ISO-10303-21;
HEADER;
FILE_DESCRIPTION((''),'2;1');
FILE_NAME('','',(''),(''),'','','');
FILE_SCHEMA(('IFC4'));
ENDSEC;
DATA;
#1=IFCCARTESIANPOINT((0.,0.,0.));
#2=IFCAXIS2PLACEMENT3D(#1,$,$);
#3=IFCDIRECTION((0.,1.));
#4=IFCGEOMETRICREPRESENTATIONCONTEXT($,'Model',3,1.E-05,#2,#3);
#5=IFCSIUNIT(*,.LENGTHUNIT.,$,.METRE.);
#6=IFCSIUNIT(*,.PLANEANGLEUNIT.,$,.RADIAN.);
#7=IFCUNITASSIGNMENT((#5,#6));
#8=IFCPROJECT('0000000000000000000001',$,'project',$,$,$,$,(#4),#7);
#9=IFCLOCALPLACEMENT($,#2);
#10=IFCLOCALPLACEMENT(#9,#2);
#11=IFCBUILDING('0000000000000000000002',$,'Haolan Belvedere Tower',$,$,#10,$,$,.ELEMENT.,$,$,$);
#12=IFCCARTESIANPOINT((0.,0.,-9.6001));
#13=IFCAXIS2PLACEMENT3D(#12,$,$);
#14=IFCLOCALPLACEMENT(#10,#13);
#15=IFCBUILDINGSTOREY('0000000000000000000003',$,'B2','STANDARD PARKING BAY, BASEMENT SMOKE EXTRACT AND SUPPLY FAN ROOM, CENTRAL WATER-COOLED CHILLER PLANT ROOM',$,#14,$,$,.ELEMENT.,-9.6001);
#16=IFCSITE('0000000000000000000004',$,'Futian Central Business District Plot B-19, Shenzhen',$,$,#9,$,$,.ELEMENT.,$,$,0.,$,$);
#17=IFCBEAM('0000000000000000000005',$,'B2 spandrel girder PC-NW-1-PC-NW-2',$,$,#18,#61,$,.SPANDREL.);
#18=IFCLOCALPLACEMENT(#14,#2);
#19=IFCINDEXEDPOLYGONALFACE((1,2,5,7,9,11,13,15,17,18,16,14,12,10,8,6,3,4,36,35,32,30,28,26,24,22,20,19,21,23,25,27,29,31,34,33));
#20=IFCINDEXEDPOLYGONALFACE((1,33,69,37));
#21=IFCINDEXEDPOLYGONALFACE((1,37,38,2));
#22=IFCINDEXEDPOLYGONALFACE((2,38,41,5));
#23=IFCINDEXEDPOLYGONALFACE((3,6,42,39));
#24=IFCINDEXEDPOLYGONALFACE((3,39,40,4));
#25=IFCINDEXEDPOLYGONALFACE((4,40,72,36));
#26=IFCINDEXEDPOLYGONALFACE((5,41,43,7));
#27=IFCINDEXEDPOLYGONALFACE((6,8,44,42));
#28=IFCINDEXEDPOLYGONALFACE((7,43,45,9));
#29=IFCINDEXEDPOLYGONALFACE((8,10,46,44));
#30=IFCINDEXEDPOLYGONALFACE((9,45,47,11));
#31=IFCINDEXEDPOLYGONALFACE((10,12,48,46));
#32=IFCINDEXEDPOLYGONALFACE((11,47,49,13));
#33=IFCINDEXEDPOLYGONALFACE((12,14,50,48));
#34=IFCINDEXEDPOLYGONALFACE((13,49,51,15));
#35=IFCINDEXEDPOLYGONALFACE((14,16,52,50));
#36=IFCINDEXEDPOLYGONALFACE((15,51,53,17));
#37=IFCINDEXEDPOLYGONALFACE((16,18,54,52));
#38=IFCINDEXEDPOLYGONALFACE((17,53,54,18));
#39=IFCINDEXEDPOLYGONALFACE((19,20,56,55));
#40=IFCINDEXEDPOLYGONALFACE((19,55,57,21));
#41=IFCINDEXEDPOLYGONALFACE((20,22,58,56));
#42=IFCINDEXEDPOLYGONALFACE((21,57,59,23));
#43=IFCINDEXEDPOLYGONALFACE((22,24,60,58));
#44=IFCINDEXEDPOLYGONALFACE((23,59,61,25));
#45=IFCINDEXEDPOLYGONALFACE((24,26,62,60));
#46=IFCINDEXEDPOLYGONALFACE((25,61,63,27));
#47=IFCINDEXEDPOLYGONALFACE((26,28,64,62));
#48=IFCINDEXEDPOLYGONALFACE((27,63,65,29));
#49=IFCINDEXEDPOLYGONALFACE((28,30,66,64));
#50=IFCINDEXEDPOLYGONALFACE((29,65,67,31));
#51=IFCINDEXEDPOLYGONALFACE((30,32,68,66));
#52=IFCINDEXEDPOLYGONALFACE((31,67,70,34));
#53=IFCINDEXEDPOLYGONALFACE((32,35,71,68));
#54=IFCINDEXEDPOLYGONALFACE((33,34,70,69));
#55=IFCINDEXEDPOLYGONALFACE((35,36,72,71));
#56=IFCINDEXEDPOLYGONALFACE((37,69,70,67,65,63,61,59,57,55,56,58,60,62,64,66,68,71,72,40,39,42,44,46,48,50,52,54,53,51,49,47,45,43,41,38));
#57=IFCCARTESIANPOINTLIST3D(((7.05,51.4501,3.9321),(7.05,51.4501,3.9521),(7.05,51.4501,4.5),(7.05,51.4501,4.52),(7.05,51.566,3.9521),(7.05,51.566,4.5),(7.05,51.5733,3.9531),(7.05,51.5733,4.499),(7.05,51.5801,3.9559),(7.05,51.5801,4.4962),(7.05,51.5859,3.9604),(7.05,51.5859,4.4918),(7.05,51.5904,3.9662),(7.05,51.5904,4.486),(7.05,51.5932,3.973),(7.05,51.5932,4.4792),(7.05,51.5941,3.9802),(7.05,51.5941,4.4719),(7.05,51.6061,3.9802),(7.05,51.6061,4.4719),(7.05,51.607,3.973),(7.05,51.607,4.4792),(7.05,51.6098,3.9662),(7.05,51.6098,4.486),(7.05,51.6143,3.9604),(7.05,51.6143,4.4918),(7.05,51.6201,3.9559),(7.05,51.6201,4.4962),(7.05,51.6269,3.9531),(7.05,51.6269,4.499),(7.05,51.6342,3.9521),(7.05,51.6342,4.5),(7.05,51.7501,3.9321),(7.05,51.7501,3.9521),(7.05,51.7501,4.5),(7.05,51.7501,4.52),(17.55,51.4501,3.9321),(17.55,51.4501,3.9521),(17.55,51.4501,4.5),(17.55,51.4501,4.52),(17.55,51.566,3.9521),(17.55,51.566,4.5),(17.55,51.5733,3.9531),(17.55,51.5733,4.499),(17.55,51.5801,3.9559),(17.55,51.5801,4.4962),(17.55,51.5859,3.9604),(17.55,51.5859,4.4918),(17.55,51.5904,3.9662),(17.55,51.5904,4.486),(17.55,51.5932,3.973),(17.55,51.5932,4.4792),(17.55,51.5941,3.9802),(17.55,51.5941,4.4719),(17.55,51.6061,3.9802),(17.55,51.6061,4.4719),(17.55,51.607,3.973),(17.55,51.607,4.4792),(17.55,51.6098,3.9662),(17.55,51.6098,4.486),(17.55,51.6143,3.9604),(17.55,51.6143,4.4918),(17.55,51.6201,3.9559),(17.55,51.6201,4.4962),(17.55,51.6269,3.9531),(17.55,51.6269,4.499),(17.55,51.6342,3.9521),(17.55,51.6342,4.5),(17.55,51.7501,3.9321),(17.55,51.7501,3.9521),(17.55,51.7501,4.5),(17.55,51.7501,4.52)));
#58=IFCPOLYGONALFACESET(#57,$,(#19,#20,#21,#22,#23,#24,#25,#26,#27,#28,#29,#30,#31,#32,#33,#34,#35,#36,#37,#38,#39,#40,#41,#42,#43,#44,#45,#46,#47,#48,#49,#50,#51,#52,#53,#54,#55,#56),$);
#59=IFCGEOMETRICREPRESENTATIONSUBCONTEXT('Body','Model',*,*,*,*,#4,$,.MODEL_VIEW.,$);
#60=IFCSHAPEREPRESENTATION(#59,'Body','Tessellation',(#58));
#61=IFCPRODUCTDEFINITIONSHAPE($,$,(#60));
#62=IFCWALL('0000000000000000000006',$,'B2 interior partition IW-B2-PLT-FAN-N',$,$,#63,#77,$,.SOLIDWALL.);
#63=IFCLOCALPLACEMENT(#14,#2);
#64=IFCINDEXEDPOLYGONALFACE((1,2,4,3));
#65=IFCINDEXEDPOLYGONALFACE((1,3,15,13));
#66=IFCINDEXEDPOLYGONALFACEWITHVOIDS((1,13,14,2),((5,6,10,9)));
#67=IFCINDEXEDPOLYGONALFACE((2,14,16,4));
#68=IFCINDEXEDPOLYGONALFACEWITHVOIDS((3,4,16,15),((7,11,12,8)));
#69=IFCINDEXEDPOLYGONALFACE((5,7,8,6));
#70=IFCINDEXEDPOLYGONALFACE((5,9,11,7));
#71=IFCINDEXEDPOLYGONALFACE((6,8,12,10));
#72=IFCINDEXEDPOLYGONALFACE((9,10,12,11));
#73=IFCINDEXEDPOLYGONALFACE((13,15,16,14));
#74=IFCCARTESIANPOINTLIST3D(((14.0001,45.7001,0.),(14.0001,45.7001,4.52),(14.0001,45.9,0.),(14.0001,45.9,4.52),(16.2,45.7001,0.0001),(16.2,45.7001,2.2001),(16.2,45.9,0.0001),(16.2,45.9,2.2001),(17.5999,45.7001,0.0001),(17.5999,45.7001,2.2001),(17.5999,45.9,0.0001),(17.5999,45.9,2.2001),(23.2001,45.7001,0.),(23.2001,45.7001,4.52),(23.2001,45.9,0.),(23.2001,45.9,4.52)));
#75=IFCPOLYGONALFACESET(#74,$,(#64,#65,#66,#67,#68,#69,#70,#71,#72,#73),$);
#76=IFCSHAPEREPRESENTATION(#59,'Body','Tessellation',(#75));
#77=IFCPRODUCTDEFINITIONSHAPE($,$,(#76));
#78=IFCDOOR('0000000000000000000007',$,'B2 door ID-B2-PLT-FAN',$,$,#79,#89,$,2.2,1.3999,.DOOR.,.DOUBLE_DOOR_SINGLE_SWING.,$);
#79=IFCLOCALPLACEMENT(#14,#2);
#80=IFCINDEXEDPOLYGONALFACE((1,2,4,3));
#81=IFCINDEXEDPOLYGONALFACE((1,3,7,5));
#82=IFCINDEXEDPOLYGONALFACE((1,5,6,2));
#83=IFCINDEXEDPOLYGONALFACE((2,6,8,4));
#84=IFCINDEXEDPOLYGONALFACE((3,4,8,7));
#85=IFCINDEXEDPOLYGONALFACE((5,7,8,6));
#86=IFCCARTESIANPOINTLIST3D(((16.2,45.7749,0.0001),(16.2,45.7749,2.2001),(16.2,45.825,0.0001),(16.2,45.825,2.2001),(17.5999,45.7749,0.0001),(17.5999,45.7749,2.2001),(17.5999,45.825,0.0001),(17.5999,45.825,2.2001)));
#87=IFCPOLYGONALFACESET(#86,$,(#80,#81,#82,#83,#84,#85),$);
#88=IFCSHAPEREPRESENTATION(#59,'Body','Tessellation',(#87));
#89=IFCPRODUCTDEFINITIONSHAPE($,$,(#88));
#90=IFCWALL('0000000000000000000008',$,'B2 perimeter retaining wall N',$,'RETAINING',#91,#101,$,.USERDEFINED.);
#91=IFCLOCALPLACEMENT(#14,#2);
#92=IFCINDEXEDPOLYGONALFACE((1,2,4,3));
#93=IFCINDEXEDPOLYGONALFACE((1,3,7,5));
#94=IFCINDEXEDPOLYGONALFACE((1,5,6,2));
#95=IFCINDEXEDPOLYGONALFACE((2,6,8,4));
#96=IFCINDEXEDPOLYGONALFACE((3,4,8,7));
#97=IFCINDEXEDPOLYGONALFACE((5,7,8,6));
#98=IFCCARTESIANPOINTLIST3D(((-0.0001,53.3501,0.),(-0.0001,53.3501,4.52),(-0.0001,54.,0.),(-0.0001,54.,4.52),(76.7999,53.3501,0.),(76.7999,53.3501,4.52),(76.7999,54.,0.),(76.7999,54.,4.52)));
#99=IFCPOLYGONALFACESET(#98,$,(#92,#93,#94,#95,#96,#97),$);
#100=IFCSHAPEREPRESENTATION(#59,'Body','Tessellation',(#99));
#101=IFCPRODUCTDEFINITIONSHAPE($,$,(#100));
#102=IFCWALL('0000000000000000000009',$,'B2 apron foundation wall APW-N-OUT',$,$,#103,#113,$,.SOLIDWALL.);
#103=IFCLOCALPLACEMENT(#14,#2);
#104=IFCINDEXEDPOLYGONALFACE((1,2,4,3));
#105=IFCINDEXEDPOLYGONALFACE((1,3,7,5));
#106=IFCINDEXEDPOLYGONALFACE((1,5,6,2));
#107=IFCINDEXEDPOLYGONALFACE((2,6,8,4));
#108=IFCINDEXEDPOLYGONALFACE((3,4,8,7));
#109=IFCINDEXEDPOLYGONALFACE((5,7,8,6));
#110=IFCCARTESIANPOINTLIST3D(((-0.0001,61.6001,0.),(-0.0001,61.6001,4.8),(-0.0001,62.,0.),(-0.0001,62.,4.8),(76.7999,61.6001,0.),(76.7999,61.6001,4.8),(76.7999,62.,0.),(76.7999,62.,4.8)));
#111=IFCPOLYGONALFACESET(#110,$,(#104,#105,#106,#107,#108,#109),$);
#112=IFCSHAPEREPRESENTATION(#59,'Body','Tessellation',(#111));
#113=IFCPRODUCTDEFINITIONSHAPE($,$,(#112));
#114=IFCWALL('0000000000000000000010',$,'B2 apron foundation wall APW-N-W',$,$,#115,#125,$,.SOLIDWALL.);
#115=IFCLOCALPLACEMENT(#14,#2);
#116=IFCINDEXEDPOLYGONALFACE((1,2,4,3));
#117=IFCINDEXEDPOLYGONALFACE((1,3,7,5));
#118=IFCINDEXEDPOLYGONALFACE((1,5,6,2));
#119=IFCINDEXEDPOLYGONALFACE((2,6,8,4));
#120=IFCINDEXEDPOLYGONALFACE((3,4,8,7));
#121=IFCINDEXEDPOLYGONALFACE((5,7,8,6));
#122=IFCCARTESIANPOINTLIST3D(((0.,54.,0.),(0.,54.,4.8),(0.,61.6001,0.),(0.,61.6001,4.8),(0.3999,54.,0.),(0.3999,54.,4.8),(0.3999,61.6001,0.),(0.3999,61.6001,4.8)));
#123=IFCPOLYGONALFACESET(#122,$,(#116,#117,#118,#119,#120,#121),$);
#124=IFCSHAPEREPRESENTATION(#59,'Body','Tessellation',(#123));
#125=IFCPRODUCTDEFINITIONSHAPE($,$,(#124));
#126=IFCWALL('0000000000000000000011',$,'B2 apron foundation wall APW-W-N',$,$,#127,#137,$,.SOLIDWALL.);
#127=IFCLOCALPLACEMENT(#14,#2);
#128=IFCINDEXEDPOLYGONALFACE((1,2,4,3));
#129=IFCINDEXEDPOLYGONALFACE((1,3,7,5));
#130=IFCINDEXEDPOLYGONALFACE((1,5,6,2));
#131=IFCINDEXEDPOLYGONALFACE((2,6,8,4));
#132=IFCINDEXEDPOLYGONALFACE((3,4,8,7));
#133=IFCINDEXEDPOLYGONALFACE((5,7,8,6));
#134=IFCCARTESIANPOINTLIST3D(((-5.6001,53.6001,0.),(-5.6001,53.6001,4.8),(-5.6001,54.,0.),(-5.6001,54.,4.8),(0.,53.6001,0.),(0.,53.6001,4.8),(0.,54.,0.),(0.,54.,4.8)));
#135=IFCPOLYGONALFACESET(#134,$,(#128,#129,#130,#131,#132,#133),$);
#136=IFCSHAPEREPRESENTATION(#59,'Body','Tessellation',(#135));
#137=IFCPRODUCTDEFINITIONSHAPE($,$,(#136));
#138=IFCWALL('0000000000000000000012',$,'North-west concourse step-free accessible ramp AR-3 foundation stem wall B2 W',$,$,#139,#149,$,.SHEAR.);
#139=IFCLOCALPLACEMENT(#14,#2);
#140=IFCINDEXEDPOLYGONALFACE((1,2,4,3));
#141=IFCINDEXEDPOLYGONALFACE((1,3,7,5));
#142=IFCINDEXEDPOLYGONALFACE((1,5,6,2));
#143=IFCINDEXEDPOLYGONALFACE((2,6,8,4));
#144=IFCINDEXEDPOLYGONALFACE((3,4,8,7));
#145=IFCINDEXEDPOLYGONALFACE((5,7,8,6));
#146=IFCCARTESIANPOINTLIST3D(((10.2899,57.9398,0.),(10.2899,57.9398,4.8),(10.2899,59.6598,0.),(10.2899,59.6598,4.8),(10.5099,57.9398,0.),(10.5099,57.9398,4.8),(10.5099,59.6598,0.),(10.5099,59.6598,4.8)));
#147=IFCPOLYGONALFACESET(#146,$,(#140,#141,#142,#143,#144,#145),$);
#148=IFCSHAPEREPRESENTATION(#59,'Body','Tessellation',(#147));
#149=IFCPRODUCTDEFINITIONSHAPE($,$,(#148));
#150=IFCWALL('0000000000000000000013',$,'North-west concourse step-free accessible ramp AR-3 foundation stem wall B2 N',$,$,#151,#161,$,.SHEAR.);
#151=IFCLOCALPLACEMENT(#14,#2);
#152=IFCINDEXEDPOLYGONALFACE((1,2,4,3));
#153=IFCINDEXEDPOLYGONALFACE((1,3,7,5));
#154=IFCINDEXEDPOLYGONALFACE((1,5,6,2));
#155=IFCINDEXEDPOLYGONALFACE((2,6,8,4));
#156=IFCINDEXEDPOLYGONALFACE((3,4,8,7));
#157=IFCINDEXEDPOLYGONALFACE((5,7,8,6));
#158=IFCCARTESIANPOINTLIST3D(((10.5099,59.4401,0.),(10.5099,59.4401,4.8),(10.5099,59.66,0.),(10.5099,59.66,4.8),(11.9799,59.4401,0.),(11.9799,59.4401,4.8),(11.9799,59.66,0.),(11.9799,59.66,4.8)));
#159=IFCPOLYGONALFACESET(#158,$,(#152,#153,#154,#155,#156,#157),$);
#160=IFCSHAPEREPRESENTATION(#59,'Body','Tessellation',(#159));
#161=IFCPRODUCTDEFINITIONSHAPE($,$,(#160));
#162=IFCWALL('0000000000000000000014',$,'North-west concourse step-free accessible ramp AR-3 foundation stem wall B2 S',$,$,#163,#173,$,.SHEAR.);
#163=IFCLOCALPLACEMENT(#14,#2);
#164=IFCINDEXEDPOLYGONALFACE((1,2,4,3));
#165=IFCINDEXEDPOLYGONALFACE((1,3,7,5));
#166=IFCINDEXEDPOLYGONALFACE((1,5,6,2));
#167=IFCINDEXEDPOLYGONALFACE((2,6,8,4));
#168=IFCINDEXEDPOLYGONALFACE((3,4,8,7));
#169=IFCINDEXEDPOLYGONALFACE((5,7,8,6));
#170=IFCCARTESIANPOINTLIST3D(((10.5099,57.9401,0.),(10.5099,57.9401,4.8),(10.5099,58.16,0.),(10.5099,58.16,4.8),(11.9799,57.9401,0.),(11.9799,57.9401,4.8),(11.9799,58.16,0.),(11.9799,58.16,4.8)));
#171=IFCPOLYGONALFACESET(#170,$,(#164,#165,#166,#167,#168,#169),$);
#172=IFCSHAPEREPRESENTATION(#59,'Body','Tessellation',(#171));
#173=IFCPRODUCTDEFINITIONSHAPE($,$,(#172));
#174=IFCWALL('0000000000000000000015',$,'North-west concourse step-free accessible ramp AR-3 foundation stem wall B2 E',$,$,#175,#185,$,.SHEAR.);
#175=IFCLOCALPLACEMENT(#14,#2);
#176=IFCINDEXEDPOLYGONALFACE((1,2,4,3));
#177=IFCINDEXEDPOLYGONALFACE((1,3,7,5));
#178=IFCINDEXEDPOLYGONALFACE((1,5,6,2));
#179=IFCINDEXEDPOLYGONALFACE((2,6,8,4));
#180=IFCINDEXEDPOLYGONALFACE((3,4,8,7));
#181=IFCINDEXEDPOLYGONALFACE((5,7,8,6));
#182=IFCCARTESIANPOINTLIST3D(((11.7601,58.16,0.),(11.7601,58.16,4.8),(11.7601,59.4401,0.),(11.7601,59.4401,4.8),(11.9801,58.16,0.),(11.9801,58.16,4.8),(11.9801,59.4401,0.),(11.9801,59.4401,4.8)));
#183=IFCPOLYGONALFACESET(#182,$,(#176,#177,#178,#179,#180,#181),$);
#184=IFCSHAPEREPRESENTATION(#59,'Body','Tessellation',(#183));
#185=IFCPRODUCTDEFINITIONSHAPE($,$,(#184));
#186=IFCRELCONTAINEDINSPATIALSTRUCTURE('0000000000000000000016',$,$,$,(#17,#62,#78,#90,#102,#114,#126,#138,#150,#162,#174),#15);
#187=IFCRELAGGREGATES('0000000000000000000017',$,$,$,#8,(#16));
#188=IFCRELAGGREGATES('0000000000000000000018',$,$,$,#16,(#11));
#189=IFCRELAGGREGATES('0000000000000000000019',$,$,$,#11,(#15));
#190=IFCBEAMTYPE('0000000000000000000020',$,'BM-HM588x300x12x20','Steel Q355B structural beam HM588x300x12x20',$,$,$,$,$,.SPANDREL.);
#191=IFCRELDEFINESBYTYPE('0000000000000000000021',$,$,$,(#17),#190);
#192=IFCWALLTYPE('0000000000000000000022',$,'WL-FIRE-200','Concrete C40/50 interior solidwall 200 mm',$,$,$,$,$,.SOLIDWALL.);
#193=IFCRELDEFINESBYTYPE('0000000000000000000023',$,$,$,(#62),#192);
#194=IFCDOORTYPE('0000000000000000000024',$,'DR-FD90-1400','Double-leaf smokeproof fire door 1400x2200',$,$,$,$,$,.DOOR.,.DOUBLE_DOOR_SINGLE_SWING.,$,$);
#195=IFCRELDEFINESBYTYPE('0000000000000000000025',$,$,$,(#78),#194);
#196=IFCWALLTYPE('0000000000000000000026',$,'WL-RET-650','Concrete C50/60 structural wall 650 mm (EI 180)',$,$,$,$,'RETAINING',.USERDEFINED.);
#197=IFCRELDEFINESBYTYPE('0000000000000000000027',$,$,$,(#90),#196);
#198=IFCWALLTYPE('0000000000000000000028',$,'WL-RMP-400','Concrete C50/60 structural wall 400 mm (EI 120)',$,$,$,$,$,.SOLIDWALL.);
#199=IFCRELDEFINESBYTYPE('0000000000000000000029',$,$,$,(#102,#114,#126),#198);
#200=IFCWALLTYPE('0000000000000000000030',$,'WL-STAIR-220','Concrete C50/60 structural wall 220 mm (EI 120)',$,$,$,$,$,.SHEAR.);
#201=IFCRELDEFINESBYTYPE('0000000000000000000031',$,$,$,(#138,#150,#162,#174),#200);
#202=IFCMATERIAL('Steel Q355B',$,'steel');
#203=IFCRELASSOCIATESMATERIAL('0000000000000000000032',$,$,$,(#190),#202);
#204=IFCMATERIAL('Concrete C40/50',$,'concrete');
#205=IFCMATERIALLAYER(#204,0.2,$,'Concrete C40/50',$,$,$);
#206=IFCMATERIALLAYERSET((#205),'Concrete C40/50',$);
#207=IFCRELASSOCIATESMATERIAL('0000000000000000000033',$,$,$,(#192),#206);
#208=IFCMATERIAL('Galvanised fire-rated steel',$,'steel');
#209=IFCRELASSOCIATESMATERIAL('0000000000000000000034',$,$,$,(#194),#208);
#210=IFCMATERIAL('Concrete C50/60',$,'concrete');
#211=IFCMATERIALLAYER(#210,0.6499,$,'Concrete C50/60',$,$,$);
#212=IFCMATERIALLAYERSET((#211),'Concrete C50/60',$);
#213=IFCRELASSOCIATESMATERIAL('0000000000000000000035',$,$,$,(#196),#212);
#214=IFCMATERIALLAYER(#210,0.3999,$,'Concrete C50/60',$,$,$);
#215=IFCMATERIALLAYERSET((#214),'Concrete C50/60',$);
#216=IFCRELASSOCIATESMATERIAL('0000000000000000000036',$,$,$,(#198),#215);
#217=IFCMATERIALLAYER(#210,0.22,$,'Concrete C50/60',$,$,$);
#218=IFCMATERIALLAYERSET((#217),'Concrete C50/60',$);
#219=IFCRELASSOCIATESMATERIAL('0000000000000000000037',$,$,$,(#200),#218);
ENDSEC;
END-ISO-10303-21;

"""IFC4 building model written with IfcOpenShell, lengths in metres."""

from ifc_helpers import new_model, si_unit, direction, frame, frame_2d, origin, origin_2d, place, context, subcontext, project, spatial, rectangle, i_section, extrude, material, layer, layer_set, material_profile, profile_set, type_object, element, fill, save


model = new_model("IFC4")

# Units and contexts
model_context = context("Model", 3, precision=1e-05, world=origin(), true_north=direction((0.0, 1.0)))
body_context = subcontext(model_context, "Body", "Model", "MODEL_VIEW")
ifc_project = project(units=[si_unit("LENGTHUNIT", "METRE"), si_unit("PLANEANGLEUNIT", "RADIAN")], contexts=[model_context])

# Site, building, storey
site_placement = place(None, origin())
site = spatial("IfcSite", under=ifc_project, at=site_placement, Name="Futian Central Business District Plot B-19, Shenzhen", CompositionType="ELEMENT", RefElevation=0.0)
building_placement = place(site_placement, origin())
building = spatial("IfcBuilding", under=site, at=building_placement, Name="Haolan Belvedere Tower", CompositionType="ELEMENT")
storey_placement = place(building_placement, frame((0.0, 0.0, -9.6001)))
storey = spatial("IfcBuildingStorey", under=building, at=storey_placement, Name="B2", Description="STANDARD PARKING BAY, BASEMENT SMOKE EXTRACT AND SUPPLY FAN ROOM, CENTRAL WATER-COOLED CHILLER PLANT ROOM", CompositionType="ELEMENT", Elevation=-9.6001)

# Shared definitions
ifc_material_1 = material(Name="Concrete C50/60", Category="concrete")

# Shared definitions
ifc_material_2 = material(Name="Steel Q355B", Category="steel")

# Beam
ifc_material_profile_1 = material_profile(ifc_material_2, i_section(OverallWidth=0.3, OverallDepth=0.5879, WebThickness=0.012, FlangeThickness=0.02, FilletRadius=0.0281, at=origin_2d()), Name="Steel Q355B")
ifc_profile_set_1 = profile_set([ifc_material_profile_1], Name="Steel Q355B")
beam_type = type_object("IfcBeamType", Name="BM-HM588x300x12x20", Description="Steel Q355B structural beam HM588x300x12x20", PredefinedType="SPANDREL", material=ifc_profile_set_1)
beam_1_placement = place(storey_placement, frame((7.05, 51.6001, 4.2261), z_axis=(1.0, 0.0, 0.0), x_axis=(0.0, 1.0, 0.0)))
element("IfcBeam", 1, at=beam_1_placement, inside=storey, type_object=beam_type, Name="B2 spandrel girder PC-NW-1-PC-NW-2", PredefinedType="SPANDREL", context=body_context, shape_type="SweptSolid", body=[
    extrude(i_section(OverallWidth=0.3, OverallDepth=0.5879, WebThickness=0.012, FlangeThickness=0.02, FilletRadius=0.0281, at=origin_2d()), origin(), (0.0, 0.0, 1.0), 10.5),
])

# Wall, opening, door
ifc_material_3 = material(Name="Concrete C40/50", Category="concrete")
ifc_layer_1 = layer(ifc_material_3, 0.2, Name="Concrete C40/50")
ifc_layer_set_1 = layer_set([ifc_layer_1], Name="Concrete C40/50")
wall_type_1 = type_object("IfcWallType", Name="WL-FIRE-200", Description="Concrete C40/50 interior solidwall 200 mm", PredefinedType="SOLIDWALL", material=ifc_layer_set_1)
wall_1_placement = place(storey_placement, frame((14.0, 45.8, 0.0), z_axis=(0.0, 0.0, 1.0), x_axis=(1.0, 0.0, 0.0)))
wall_1 = element("IfcWall", 2, at=wall_1_placement, inside=storey, type_object=wall_type_1, Name="B2 interior partition IW-B2-PLT-FAN-N", PredefinedType="SOLIDWALL", context=body_context, shape_type="SweptSolid", body=[
    extrude(rectangle(XDim=9.2, YDim=0.2, at=frame_2d((4.6001, 0.0))), origin(), (0.0, 0.0, 1.0), 4.52),
])
opening_placement = place(wall_1_placement, frame((2.2, 0.0, 0.0)))
opening = element("IfcOpeningElement", 3, at=opening_placement, cuts=wall_1, PredefinedType="OPENING", context=body_context, shape_type="SweptSolid", body=[
    extrude(rectangle(XDim=1.3999, YDim=2.2, at=frame_2d((0.7, 1.1001))), frame((0.0, 0.1099, 0.0), z_axis=(0.0, -1.0, 0.0), x_axis=(1.0, 0.0, 0.0)), (0.0, 0.0, 1.0), 0.22),
])
ifc_material_4 = material(Name="Galvanised fire-rated steel", Category="steel")
door_type = type_object("IfcDoorType", Name="DR-FD90-1400", Description="Double-leaf smokeproof fire door 1400x2200", OperationType="DOUBLE_DOOR_SINGLE_SWING", PredefinedType="DOOR", material=ifc_material_4)
door_placement = place(opening_placement, origin())
door = element("IfcDoor", 4, at=door_placement, inside=storey, type_object=door_type, Name="B2 door ID-B2-PLT-FAN", OperationType="DOUBLE_DOOR_SINGLE_SWING", OverallHeight=2.2, OverallWidth=1.3999, PredefinedType="DOOR", context=body_context, shape_type="SweptSolid", body=[
    extrude(rectangle(XDim=1.3999, YDim=2.2, at=frame_2d((0.7, 1.1001))), frame((0.0, 0.0249, 0.0), z_axis=(0.0, -1.0, 0.0), x_axis=(1.0, 0.0, 0.0)), (0.0, 0.0, 1.0), 0.05),
])
fill(opening, door)

# Walls
ifc_layer_2 = layer(ifc_material_1, 0.6499, Name="Concrete C50/60")
ifc_layer_set_2 = layer_set([ifc_layer_2], Name="Concrete C50/60")
wall_type_2 = type_object("IfcWallType", Name="WL-RET-650", Description="Concrete C50/60 structural wall 650 mm (EI 180)", ElementType="RETAINING", PredefinedType="USERDEFINED", material=ifc_layer_set_2)
wall_2_placement = place(storey_placement, frame((0.0, 53.675, 0.0), z_axis=(0.0, 0.0, 1.0), x_axis=(1.0, 0.0, 0.0)))
element("IfcWall", 5, at=wall_2_placement, inside=storey, type_object=wall_type_2, Name="B2 perimeter retaining wall N", ObjectType="RETAINING", PredefinedType="USERDEFINED", context=body_context, shape_type="SweptSolid", body=[
    extrude(rectangle(XDim=76.8, YDim=0.6499, at=frame_2d((38.3999, 0.0))), origin(), (0.0, 0.0, 1.0), 4.52),
])
ifc_layer_3 = layer(ifc_material_1, 0.3999, Name="Concrete C50/60")
ifc_layer_set_3 = layer_set([ifc_layer_3], Name="Concrete C50/60")
wall_type_3 = type_object("IfcWallType", Name="WL-RMP-400", Description="Concrete C50/60 structural wall 400 mm (EI 120)", PredefinedType="SOLIDWALL", material=ifc_layer_set_3)
wall_3_placement = place(storey_placement, frame((0.0, 61.8, 0.0), z_axis=(0.0, 0.0, 1.0), x_axis=(1.0, 0.0, 0.0)))
element("IfcWall", 6, at=wall_3_placement, inside=storey, type_object=wall_type_3, Name="B2 apron foundation wall APW-N-OUT", PredefinedType="SOLIDWALL", context=body_context, shape_type="SweptSolid", body=[
    extrude(rectangle(XDim=76.8, YDim=0.3999, at=frame_2d((38.3999, 0.0))), origin(), (0.0, 0.0, 1.0), 4.8),
])
wall_4_placement = place(storey_placement, frame((0.2, 54.0, 0.0), z_axis=(0.0, 0.0, 1.0), x_axis=(0.0, 1.0, 0.0)))
element("IfcWall", 7, at=wall_4_placement, inside=storey, type_object=wall_type_3, Name="B2 apron foundation wall APW-N-W", PredefinedType="SOLIDWALL", context=body_context, shape_type="SweptSolid", body=[
    extrude(rectangle(XDim=7.6001, YDim=0.3999, at=frame_2d((3.8, 0.0))), origin(), (0.0, 0.0, 1.0), 4.8),
])
wall_5_placement = place(storey_placement, frame((-5.6001, 53.8, 0.0), z_axis=(0.0, 0.0, 1.0), x_axis=(1.0, 0.0, 0.0)))
element("IfcWall", 8, at=wall_5_placement, inside=storey, type_object=wall_type_3, Name="B2 apron foundation wall APW-W-N", PredefinedType="SOLIDWALL", context=body_context, shape_type="SweptSolid", body=[
    extrude(rectangle(XDim=5.6001, YDim=0.3999, at=frame_2d((2.8, 0.0))), origin(), (0.0, 0.0, 1.0), 4.8),
])
ifc_layer_4 = layer(ifc_material_1, 0.22, Name="Concrete C50/60")
ifc_layer_set_4 = layer_set([ifc_layer_4], Name="Concrete C50/60")
wall_type_4 = type_object("IfcWallType", Name="WL-STAIR-220", Description="Concrete C50/60 structural wall 220 mm (EI 120)", PredefinedType="SHEAR", material=ifc_layer_set_4)
wall_6_placement = place(storey_placement, frame((10.3999, 57.9399, 0.0), z_axis=(0.0, 0.0, 1.0), x_axis=(0.0, 1.0, 0.0)))
element("IfcWall", 9, at=wall_6_placement, inside=storey, type_object=wall_type_4, Name="North-west concourse step-free accessible ramp AR-3 foundation stem wall B2 W", PredefinedType="SHEAR", context=body_context, shape_type="SweptSolid", body=[
    extrude(rectangle(XDim=1.72, YDim=0.22, at=frame_2d((0.8599, 0.0))), origin(), (0.0, 0.0, 1.0), 4.8),
])
for number, where, z_axis, x_axis, name in (
    (10, (10.51, 59.55, 0.0), (0.0, 0.0, 1.0), (1.0, 0.0, 0.0), "North-west concourse step-free accessible ramp AR-3 foundation stem wall B2 N"),
    (11, (10.51, 58.05, 0.0), (0.0, 0.0, 1.0), (1.0, 0.0, 0.0), "North-west concourse step-free accessible ramp AR-3 foundation stem wall B2 S"),
):
    element("IfcWall", number, at=place(storey_placement, frame(where, z_axis=z_axis, x_axis=x_axis)), inside=storey, type_object=wall_type_4, Name=name, PredefinedType="SHEAR", context=body_context, shape_type="SweptSolid", body=[
        extrude(rectangle(XDim=1.47, YDim=0.22, at=frame_2d((0.7349, 0.0))), origin(), (0.0, 0.0, 1.0), 4.8),
    ])
wall_7_placement = place(storey_placement, frame((11.8701, 58.1599, 0.0), z_axis=(0.0, 0.0, 1.0), x_axis=(0.0, 1.0, 0.0)))
element("IfcWall", 12, at=wall_7_placement, inside=storey, type_object=wall_type_4, Name="North-west concourse step-free accessible ramp AR-3 foundation stem wall B2 E", PredefinedType="SHEAR", context=body_context, shape_type="SweptSolid", body=[
    extrude(rectangle(XDim=1.28, YDim=0.22, at=frame_2d((0.6401, 0.0))), origin(), (0.0, 0.0, 1.0), 4.8),
])

save(model, "model.ifc")
